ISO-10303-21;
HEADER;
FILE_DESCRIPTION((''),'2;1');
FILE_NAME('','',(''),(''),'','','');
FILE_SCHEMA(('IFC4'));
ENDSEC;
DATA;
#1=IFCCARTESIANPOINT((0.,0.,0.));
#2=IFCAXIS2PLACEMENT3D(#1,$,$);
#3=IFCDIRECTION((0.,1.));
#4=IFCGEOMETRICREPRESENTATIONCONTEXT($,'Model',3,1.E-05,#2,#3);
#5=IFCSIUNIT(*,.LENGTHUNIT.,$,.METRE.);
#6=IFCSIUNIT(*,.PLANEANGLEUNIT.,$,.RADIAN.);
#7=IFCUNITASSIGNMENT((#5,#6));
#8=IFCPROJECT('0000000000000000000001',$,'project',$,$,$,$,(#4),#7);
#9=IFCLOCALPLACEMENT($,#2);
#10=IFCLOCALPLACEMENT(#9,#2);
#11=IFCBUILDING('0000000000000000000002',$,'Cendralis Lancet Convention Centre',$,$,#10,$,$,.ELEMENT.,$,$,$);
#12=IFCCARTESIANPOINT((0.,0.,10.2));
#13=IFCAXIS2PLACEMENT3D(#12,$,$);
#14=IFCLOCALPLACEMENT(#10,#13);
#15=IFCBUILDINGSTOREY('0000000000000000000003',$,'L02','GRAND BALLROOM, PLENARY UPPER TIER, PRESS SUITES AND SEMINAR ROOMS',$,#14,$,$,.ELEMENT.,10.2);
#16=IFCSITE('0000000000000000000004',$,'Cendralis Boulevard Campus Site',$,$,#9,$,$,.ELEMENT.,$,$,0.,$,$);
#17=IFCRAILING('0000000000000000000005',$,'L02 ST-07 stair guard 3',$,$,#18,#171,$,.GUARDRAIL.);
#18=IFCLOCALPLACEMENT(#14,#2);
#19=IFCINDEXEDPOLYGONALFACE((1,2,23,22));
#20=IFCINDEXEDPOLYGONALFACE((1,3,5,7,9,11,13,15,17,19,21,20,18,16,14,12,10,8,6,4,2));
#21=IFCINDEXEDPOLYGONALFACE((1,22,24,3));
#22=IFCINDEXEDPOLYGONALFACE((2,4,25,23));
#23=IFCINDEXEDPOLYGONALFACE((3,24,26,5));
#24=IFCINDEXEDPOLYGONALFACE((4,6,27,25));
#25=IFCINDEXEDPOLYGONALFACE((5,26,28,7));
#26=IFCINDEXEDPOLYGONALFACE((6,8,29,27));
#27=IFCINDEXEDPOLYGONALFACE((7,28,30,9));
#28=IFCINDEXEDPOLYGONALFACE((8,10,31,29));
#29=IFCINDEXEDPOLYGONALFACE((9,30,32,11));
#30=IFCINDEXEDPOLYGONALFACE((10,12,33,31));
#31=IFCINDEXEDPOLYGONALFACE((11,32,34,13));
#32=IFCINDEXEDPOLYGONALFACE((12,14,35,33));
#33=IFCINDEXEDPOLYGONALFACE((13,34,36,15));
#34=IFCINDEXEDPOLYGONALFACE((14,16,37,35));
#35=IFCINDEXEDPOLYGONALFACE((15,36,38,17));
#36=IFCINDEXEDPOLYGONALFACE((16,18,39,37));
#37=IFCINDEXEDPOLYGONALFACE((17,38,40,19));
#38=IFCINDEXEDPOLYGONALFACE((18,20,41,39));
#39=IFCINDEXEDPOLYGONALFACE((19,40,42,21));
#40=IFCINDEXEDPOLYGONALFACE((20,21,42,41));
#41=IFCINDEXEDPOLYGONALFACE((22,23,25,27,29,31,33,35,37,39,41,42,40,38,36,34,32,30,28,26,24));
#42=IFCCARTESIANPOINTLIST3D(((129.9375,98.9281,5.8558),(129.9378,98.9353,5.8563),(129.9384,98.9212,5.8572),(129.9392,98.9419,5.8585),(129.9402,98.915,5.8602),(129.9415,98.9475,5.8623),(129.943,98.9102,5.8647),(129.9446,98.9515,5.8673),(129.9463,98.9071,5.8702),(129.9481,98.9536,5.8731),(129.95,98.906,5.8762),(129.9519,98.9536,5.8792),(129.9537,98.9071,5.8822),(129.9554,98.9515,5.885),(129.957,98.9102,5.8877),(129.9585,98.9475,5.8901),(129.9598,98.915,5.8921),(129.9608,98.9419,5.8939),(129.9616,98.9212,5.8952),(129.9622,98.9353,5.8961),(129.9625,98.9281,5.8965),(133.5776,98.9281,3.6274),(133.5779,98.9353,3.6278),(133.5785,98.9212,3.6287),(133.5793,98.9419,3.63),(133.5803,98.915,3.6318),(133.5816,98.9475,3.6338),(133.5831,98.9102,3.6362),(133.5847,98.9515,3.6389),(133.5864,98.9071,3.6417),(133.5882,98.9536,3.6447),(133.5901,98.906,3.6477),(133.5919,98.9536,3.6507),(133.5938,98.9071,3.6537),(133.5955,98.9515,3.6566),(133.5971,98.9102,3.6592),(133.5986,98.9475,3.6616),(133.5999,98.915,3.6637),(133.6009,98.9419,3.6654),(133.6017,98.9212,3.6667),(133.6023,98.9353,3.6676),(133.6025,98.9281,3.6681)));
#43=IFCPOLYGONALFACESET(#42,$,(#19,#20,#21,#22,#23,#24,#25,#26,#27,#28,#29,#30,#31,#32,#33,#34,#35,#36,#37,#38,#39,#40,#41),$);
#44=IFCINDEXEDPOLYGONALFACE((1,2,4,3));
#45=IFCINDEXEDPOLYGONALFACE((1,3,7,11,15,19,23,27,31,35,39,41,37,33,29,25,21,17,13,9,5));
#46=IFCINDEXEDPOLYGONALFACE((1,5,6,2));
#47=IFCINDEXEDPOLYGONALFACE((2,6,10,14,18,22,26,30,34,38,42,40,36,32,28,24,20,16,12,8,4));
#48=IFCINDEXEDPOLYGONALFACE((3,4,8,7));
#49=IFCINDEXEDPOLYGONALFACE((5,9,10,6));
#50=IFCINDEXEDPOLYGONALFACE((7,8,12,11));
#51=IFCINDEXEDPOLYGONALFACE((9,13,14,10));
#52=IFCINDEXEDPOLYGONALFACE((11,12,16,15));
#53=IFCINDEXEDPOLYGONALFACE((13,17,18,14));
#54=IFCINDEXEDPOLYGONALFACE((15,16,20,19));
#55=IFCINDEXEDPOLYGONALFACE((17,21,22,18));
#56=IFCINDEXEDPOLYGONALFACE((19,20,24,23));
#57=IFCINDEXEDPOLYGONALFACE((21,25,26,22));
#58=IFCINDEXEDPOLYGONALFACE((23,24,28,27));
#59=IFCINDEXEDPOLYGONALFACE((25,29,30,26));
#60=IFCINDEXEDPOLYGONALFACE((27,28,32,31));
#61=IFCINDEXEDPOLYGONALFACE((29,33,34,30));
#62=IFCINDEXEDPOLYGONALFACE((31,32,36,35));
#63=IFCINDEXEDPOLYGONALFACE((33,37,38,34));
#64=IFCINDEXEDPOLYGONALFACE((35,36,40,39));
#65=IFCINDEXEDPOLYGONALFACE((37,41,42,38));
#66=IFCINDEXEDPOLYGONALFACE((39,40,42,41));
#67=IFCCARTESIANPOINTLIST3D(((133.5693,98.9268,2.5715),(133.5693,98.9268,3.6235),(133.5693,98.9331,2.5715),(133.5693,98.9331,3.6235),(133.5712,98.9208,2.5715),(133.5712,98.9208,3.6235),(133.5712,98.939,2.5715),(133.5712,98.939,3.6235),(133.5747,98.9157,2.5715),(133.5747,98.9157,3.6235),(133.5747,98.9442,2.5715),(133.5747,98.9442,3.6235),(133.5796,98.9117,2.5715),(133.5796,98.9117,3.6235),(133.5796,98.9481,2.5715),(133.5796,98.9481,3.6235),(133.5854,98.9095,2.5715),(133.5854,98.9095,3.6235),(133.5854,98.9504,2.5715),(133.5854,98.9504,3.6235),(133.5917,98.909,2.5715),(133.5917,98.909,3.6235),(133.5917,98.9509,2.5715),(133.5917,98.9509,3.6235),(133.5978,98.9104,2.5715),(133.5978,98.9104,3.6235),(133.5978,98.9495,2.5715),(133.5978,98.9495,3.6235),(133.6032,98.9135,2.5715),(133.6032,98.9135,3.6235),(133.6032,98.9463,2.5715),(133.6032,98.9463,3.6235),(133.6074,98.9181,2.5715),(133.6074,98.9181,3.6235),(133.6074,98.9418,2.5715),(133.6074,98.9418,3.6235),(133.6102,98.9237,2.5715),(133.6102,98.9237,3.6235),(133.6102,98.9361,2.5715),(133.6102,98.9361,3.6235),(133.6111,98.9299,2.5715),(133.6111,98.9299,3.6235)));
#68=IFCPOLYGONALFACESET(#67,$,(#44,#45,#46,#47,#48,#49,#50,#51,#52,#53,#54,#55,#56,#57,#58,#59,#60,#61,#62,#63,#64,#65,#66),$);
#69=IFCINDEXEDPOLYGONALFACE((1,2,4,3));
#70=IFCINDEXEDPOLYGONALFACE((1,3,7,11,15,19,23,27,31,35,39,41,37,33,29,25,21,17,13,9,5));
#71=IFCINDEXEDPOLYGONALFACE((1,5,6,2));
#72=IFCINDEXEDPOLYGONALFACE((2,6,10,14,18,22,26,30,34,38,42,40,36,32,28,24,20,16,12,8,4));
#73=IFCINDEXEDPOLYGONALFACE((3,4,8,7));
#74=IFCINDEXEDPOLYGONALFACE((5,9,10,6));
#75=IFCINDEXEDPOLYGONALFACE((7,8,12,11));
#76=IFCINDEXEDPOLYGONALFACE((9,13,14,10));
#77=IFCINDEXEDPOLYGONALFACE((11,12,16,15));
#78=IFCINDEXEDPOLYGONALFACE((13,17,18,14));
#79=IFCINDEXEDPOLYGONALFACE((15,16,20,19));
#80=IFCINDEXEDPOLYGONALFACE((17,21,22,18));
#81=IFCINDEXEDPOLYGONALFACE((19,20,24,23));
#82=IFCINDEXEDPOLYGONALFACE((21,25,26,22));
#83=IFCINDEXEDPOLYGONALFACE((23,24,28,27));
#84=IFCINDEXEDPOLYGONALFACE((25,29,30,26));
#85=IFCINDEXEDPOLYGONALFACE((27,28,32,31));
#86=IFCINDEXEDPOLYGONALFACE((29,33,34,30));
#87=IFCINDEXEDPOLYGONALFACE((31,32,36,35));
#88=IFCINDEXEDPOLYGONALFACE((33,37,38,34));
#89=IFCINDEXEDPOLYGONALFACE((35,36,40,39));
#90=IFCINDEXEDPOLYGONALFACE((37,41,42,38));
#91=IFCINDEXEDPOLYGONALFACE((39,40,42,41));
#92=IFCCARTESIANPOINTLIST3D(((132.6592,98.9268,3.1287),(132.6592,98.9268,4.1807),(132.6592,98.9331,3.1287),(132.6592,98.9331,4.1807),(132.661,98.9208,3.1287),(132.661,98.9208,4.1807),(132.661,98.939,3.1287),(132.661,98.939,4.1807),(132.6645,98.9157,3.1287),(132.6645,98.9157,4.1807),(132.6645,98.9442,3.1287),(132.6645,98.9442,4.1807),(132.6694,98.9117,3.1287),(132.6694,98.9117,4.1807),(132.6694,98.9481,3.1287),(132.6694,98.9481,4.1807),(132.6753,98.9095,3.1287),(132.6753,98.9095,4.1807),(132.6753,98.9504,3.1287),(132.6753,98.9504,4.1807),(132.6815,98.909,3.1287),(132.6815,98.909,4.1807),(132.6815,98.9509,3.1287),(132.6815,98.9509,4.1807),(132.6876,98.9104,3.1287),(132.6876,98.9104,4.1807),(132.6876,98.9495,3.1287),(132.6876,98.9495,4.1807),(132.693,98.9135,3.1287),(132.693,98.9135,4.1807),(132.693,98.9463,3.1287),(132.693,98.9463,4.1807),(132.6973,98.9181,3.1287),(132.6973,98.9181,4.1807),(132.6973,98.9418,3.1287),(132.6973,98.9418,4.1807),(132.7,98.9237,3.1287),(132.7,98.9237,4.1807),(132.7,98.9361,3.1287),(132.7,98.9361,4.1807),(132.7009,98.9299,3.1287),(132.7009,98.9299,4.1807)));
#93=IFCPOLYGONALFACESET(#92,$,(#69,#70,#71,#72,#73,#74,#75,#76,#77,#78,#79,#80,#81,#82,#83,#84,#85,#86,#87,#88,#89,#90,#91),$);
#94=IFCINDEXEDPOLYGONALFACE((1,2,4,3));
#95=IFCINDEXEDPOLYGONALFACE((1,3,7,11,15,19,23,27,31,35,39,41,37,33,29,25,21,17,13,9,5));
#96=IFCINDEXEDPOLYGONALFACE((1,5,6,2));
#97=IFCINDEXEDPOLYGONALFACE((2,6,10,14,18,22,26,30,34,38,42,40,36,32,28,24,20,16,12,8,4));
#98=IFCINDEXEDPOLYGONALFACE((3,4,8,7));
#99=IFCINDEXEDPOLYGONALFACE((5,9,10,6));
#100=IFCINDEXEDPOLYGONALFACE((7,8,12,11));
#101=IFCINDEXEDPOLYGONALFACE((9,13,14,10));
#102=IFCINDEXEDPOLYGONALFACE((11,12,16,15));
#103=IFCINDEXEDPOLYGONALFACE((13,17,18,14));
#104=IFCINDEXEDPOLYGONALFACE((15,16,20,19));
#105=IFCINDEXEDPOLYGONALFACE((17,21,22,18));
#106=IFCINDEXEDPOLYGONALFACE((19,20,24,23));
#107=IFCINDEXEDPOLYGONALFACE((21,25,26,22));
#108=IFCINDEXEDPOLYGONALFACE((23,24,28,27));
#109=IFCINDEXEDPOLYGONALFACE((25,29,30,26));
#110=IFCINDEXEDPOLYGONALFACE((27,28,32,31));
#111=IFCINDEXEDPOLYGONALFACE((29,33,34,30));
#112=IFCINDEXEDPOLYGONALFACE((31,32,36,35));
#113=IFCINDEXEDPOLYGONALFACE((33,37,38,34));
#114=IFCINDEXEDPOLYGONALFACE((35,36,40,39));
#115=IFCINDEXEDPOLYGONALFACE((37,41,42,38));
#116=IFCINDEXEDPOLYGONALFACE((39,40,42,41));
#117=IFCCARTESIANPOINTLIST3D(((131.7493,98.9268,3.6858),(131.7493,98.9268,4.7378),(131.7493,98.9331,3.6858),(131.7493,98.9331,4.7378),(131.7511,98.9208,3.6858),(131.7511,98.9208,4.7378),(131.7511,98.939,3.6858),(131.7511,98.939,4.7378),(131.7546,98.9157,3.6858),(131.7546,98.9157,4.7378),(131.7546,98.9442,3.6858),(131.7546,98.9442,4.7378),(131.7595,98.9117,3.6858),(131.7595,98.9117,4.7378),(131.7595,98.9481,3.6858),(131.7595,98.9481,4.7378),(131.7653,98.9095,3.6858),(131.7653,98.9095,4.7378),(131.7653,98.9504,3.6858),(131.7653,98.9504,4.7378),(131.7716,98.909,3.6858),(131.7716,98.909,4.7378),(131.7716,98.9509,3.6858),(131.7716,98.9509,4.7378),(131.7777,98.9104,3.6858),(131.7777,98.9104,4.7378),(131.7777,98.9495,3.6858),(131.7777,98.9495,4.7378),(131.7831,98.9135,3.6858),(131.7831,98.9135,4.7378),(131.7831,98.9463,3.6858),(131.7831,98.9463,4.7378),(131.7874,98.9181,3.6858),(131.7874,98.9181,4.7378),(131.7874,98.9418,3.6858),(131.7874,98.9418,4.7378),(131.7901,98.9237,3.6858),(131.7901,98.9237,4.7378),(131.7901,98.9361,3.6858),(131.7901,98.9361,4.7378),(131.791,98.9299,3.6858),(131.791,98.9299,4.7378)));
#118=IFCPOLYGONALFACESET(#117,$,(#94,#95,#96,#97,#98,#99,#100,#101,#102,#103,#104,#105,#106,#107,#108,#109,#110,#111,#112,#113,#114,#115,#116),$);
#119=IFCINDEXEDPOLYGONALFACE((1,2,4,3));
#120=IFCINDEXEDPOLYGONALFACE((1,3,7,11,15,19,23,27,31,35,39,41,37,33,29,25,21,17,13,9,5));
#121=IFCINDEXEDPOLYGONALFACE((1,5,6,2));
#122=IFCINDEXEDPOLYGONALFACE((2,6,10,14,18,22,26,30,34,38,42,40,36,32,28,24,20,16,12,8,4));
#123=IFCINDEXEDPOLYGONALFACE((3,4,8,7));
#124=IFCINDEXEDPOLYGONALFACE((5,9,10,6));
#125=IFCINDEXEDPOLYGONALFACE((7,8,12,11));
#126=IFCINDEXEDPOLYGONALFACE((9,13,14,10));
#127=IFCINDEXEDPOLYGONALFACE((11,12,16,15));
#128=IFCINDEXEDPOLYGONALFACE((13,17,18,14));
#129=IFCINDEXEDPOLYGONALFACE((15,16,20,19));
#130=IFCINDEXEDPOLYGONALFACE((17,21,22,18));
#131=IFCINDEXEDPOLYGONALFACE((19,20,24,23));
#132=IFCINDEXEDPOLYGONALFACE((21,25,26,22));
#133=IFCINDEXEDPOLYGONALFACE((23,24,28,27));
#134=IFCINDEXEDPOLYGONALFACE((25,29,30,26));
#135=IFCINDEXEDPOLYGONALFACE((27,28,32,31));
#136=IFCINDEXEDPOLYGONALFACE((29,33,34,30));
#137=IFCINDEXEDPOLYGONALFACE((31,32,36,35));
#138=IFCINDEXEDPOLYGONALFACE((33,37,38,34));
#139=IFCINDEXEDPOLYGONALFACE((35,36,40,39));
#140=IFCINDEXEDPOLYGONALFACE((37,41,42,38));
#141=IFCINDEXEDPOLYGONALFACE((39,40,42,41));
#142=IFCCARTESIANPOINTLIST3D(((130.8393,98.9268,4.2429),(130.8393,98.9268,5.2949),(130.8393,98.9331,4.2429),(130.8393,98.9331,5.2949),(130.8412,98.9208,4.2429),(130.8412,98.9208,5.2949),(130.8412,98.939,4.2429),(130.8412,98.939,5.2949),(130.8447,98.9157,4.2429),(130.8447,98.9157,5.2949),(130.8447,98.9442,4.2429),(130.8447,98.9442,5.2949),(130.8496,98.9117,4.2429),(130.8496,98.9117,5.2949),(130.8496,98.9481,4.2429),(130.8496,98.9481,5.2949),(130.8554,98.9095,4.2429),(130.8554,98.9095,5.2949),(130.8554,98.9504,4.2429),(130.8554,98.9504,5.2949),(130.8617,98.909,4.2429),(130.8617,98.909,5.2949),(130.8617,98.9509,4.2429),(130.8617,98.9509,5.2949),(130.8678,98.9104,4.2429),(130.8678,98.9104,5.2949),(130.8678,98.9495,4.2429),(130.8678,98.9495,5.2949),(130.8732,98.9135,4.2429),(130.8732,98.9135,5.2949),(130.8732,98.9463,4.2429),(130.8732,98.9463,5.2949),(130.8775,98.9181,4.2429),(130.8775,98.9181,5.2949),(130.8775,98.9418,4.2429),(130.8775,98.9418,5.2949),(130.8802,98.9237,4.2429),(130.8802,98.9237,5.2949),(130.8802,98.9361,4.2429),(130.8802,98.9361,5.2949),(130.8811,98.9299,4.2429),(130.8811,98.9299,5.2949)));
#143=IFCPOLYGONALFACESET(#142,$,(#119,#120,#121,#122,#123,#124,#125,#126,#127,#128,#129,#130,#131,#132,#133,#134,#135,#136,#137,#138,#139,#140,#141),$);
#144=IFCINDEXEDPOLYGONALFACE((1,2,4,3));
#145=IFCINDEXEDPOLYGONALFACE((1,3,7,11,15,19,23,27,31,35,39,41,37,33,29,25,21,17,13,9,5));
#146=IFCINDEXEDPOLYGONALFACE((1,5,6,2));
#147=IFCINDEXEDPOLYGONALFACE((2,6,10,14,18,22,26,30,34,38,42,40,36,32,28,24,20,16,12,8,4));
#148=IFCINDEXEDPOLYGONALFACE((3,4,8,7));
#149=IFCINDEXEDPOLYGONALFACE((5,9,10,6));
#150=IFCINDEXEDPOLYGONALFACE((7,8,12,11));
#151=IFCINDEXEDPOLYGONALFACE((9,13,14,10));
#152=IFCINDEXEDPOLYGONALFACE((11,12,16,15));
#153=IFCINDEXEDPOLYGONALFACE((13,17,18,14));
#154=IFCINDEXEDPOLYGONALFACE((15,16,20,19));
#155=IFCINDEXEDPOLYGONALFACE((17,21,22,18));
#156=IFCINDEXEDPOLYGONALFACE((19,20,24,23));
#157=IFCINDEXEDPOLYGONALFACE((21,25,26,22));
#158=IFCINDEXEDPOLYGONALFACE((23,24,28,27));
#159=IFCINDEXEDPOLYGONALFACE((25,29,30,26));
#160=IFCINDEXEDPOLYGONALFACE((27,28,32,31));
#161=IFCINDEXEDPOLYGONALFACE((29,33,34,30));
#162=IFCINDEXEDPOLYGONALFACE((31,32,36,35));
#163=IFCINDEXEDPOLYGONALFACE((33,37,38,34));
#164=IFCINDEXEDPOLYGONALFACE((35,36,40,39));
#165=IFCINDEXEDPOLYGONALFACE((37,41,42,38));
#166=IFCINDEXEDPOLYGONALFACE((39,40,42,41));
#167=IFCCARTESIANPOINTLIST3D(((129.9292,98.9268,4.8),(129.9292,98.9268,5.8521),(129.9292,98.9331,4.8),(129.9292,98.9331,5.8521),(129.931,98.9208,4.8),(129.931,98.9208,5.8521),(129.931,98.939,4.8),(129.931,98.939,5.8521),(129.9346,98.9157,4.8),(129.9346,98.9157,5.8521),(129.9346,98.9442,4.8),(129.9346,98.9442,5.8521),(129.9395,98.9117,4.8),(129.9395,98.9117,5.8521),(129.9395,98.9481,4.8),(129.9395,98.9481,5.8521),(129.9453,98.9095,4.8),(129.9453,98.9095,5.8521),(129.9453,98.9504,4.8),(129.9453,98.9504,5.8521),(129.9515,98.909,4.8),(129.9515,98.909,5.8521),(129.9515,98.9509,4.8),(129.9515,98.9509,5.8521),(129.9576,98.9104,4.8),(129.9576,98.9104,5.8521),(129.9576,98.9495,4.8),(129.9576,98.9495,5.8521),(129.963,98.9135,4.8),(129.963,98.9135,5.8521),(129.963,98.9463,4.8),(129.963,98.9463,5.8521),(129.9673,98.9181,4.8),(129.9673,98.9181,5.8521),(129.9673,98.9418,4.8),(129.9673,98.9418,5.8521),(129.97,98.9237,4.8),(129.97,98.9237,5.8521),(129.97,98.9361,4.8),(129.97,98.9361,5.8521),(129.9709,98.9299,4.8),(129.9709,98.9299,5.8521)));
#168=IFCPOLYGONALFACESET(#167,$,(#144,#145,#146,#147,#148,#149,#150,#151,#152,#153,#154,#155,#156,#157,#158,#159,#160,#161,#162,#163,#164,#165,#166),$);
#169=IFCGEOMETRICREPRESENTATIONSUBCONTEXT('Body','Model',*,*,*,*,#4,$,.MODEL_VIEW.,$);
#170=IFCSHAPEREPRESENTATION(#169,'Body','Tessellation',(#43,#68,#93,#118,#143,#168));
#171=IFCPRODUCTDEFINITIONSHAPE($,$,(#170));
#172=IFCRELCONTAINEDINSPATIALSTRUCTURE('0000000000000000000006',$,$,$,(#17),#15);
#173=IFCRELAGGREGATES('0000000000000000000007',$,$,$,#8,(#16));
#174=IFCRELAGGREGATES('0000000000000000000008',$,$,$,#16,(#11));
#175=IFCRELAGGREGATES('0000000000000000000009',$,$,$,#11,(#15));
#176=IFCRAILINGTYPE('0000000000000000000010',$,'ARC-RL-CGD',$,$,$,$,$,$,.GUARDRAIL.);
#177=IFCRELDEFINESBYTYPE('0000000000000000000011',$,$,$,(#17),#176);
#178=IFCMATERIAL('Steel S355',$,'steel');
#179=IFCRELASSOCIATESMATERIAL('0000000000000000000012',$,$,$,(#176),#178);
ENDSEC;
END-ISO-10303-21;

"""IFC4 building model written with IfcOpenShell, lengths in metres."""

from ifc_helpers import new_model, si_unit, direction, frame, origin, origin_2d, place, context, subcontext, project, spatial, circle, extrude, material, type_object, element, save


model = new_model("IFC4")

# Units and contexts
model_context = context("Model", 3, precision=1e-05, world=origin(), true_north=direction((0.0, 1.0)))
body_context = subcontext(model_context, "Body", "Model", "MODEL_VIEW")
ifc_project = project(units=[si_unit("LENGTHUNIT", "METRE"), si_unit("PLANEANGLEUNIT", "RADIAN")], contexts=[model_context])

# Site, building, storey
site_placement = place(None, origin())
site = spatial("IfcSite", under=ifc_project, at=site_placement, Name="Cendralis Boulevard Campus Site", CompositionType="ELEMENT", RefElevation=0.0)
building_placement = place(site_placement, origin())
building = spatial("IfcBuilding", under=site, at=building_placement, Name="Cendralis Lancet Convention Centre", CompositionType="ELEMENT")
storey_placement = place(building_placement, frame((0.0, 0.0, 10.2)))
storey = spatial("IfcBuildingStorey", under=building, at=storey_placement, Name="L02", Description="GRAND BALLROOM, PLENARY UPPER TIER, PRESS SUITES AND SEMINAR ROOMS", CompositionType="ELEMENT", Elevation=10.2)

# Shared definitions
ifc_material_1 = material(Name="Steel S355", Category="steel")

# Railing
railing_type_1 = type_object("IfcRailingType", Name="ARC-RL-CGD", PredefinedType="GUARDRAIL", material=ifc_material_1)
railing_1_placement = place(storey_placement, frame((133.5901, 98.9299, 2.5715)))
element("IfcRailing", 1, at=railing_1_placement, inside=storey, type_object=railing_type_1, Name="L02 ST-07 stair guard 3", PredefinedType="GUARDRAIL", context=body_context, shape_type="SweptSolid", body=[
    extrude(circle(Radius=0.0239, at=origin_2d()), frame((0.0, 0.0, 1.0762), z_axis=(-0.852866, 0.0, 0.52213), x_axis=(0.0, -1.0, 0.0)), (0.0, 0.0, 1.0), 4.2681),
    extrude(circle(Radius=0.021, at=origin_2d()), origin(), (0.0, 0.0, 1.0), 1.052),
    extrude(circle(Radius=0.021, at=origin_2d()), frame((-0.9102, 0.0, 0.5571)), (0.0, 0.0, 1.0), 1.052),
    extrude(circle(Radius=0.021, at=origin_2d()), frame((-1.8201, 0.0, 1.1143)), (0.0, 0.0, 1.0), 1.052),
    extrude(circle(Radius=0.021, at=origin_2d()), frame((-2.73, 0.0, 1.6714)), (0.0, 0.0, 1.0), 1.052),
    extrude(circle(Radius=0.021, at=origin_2d()), frame((-3.6401, 0.0, 2.2285)), (0.0, 0.0, 1.0), 1.052),
])

save(model, "model.ifc")
